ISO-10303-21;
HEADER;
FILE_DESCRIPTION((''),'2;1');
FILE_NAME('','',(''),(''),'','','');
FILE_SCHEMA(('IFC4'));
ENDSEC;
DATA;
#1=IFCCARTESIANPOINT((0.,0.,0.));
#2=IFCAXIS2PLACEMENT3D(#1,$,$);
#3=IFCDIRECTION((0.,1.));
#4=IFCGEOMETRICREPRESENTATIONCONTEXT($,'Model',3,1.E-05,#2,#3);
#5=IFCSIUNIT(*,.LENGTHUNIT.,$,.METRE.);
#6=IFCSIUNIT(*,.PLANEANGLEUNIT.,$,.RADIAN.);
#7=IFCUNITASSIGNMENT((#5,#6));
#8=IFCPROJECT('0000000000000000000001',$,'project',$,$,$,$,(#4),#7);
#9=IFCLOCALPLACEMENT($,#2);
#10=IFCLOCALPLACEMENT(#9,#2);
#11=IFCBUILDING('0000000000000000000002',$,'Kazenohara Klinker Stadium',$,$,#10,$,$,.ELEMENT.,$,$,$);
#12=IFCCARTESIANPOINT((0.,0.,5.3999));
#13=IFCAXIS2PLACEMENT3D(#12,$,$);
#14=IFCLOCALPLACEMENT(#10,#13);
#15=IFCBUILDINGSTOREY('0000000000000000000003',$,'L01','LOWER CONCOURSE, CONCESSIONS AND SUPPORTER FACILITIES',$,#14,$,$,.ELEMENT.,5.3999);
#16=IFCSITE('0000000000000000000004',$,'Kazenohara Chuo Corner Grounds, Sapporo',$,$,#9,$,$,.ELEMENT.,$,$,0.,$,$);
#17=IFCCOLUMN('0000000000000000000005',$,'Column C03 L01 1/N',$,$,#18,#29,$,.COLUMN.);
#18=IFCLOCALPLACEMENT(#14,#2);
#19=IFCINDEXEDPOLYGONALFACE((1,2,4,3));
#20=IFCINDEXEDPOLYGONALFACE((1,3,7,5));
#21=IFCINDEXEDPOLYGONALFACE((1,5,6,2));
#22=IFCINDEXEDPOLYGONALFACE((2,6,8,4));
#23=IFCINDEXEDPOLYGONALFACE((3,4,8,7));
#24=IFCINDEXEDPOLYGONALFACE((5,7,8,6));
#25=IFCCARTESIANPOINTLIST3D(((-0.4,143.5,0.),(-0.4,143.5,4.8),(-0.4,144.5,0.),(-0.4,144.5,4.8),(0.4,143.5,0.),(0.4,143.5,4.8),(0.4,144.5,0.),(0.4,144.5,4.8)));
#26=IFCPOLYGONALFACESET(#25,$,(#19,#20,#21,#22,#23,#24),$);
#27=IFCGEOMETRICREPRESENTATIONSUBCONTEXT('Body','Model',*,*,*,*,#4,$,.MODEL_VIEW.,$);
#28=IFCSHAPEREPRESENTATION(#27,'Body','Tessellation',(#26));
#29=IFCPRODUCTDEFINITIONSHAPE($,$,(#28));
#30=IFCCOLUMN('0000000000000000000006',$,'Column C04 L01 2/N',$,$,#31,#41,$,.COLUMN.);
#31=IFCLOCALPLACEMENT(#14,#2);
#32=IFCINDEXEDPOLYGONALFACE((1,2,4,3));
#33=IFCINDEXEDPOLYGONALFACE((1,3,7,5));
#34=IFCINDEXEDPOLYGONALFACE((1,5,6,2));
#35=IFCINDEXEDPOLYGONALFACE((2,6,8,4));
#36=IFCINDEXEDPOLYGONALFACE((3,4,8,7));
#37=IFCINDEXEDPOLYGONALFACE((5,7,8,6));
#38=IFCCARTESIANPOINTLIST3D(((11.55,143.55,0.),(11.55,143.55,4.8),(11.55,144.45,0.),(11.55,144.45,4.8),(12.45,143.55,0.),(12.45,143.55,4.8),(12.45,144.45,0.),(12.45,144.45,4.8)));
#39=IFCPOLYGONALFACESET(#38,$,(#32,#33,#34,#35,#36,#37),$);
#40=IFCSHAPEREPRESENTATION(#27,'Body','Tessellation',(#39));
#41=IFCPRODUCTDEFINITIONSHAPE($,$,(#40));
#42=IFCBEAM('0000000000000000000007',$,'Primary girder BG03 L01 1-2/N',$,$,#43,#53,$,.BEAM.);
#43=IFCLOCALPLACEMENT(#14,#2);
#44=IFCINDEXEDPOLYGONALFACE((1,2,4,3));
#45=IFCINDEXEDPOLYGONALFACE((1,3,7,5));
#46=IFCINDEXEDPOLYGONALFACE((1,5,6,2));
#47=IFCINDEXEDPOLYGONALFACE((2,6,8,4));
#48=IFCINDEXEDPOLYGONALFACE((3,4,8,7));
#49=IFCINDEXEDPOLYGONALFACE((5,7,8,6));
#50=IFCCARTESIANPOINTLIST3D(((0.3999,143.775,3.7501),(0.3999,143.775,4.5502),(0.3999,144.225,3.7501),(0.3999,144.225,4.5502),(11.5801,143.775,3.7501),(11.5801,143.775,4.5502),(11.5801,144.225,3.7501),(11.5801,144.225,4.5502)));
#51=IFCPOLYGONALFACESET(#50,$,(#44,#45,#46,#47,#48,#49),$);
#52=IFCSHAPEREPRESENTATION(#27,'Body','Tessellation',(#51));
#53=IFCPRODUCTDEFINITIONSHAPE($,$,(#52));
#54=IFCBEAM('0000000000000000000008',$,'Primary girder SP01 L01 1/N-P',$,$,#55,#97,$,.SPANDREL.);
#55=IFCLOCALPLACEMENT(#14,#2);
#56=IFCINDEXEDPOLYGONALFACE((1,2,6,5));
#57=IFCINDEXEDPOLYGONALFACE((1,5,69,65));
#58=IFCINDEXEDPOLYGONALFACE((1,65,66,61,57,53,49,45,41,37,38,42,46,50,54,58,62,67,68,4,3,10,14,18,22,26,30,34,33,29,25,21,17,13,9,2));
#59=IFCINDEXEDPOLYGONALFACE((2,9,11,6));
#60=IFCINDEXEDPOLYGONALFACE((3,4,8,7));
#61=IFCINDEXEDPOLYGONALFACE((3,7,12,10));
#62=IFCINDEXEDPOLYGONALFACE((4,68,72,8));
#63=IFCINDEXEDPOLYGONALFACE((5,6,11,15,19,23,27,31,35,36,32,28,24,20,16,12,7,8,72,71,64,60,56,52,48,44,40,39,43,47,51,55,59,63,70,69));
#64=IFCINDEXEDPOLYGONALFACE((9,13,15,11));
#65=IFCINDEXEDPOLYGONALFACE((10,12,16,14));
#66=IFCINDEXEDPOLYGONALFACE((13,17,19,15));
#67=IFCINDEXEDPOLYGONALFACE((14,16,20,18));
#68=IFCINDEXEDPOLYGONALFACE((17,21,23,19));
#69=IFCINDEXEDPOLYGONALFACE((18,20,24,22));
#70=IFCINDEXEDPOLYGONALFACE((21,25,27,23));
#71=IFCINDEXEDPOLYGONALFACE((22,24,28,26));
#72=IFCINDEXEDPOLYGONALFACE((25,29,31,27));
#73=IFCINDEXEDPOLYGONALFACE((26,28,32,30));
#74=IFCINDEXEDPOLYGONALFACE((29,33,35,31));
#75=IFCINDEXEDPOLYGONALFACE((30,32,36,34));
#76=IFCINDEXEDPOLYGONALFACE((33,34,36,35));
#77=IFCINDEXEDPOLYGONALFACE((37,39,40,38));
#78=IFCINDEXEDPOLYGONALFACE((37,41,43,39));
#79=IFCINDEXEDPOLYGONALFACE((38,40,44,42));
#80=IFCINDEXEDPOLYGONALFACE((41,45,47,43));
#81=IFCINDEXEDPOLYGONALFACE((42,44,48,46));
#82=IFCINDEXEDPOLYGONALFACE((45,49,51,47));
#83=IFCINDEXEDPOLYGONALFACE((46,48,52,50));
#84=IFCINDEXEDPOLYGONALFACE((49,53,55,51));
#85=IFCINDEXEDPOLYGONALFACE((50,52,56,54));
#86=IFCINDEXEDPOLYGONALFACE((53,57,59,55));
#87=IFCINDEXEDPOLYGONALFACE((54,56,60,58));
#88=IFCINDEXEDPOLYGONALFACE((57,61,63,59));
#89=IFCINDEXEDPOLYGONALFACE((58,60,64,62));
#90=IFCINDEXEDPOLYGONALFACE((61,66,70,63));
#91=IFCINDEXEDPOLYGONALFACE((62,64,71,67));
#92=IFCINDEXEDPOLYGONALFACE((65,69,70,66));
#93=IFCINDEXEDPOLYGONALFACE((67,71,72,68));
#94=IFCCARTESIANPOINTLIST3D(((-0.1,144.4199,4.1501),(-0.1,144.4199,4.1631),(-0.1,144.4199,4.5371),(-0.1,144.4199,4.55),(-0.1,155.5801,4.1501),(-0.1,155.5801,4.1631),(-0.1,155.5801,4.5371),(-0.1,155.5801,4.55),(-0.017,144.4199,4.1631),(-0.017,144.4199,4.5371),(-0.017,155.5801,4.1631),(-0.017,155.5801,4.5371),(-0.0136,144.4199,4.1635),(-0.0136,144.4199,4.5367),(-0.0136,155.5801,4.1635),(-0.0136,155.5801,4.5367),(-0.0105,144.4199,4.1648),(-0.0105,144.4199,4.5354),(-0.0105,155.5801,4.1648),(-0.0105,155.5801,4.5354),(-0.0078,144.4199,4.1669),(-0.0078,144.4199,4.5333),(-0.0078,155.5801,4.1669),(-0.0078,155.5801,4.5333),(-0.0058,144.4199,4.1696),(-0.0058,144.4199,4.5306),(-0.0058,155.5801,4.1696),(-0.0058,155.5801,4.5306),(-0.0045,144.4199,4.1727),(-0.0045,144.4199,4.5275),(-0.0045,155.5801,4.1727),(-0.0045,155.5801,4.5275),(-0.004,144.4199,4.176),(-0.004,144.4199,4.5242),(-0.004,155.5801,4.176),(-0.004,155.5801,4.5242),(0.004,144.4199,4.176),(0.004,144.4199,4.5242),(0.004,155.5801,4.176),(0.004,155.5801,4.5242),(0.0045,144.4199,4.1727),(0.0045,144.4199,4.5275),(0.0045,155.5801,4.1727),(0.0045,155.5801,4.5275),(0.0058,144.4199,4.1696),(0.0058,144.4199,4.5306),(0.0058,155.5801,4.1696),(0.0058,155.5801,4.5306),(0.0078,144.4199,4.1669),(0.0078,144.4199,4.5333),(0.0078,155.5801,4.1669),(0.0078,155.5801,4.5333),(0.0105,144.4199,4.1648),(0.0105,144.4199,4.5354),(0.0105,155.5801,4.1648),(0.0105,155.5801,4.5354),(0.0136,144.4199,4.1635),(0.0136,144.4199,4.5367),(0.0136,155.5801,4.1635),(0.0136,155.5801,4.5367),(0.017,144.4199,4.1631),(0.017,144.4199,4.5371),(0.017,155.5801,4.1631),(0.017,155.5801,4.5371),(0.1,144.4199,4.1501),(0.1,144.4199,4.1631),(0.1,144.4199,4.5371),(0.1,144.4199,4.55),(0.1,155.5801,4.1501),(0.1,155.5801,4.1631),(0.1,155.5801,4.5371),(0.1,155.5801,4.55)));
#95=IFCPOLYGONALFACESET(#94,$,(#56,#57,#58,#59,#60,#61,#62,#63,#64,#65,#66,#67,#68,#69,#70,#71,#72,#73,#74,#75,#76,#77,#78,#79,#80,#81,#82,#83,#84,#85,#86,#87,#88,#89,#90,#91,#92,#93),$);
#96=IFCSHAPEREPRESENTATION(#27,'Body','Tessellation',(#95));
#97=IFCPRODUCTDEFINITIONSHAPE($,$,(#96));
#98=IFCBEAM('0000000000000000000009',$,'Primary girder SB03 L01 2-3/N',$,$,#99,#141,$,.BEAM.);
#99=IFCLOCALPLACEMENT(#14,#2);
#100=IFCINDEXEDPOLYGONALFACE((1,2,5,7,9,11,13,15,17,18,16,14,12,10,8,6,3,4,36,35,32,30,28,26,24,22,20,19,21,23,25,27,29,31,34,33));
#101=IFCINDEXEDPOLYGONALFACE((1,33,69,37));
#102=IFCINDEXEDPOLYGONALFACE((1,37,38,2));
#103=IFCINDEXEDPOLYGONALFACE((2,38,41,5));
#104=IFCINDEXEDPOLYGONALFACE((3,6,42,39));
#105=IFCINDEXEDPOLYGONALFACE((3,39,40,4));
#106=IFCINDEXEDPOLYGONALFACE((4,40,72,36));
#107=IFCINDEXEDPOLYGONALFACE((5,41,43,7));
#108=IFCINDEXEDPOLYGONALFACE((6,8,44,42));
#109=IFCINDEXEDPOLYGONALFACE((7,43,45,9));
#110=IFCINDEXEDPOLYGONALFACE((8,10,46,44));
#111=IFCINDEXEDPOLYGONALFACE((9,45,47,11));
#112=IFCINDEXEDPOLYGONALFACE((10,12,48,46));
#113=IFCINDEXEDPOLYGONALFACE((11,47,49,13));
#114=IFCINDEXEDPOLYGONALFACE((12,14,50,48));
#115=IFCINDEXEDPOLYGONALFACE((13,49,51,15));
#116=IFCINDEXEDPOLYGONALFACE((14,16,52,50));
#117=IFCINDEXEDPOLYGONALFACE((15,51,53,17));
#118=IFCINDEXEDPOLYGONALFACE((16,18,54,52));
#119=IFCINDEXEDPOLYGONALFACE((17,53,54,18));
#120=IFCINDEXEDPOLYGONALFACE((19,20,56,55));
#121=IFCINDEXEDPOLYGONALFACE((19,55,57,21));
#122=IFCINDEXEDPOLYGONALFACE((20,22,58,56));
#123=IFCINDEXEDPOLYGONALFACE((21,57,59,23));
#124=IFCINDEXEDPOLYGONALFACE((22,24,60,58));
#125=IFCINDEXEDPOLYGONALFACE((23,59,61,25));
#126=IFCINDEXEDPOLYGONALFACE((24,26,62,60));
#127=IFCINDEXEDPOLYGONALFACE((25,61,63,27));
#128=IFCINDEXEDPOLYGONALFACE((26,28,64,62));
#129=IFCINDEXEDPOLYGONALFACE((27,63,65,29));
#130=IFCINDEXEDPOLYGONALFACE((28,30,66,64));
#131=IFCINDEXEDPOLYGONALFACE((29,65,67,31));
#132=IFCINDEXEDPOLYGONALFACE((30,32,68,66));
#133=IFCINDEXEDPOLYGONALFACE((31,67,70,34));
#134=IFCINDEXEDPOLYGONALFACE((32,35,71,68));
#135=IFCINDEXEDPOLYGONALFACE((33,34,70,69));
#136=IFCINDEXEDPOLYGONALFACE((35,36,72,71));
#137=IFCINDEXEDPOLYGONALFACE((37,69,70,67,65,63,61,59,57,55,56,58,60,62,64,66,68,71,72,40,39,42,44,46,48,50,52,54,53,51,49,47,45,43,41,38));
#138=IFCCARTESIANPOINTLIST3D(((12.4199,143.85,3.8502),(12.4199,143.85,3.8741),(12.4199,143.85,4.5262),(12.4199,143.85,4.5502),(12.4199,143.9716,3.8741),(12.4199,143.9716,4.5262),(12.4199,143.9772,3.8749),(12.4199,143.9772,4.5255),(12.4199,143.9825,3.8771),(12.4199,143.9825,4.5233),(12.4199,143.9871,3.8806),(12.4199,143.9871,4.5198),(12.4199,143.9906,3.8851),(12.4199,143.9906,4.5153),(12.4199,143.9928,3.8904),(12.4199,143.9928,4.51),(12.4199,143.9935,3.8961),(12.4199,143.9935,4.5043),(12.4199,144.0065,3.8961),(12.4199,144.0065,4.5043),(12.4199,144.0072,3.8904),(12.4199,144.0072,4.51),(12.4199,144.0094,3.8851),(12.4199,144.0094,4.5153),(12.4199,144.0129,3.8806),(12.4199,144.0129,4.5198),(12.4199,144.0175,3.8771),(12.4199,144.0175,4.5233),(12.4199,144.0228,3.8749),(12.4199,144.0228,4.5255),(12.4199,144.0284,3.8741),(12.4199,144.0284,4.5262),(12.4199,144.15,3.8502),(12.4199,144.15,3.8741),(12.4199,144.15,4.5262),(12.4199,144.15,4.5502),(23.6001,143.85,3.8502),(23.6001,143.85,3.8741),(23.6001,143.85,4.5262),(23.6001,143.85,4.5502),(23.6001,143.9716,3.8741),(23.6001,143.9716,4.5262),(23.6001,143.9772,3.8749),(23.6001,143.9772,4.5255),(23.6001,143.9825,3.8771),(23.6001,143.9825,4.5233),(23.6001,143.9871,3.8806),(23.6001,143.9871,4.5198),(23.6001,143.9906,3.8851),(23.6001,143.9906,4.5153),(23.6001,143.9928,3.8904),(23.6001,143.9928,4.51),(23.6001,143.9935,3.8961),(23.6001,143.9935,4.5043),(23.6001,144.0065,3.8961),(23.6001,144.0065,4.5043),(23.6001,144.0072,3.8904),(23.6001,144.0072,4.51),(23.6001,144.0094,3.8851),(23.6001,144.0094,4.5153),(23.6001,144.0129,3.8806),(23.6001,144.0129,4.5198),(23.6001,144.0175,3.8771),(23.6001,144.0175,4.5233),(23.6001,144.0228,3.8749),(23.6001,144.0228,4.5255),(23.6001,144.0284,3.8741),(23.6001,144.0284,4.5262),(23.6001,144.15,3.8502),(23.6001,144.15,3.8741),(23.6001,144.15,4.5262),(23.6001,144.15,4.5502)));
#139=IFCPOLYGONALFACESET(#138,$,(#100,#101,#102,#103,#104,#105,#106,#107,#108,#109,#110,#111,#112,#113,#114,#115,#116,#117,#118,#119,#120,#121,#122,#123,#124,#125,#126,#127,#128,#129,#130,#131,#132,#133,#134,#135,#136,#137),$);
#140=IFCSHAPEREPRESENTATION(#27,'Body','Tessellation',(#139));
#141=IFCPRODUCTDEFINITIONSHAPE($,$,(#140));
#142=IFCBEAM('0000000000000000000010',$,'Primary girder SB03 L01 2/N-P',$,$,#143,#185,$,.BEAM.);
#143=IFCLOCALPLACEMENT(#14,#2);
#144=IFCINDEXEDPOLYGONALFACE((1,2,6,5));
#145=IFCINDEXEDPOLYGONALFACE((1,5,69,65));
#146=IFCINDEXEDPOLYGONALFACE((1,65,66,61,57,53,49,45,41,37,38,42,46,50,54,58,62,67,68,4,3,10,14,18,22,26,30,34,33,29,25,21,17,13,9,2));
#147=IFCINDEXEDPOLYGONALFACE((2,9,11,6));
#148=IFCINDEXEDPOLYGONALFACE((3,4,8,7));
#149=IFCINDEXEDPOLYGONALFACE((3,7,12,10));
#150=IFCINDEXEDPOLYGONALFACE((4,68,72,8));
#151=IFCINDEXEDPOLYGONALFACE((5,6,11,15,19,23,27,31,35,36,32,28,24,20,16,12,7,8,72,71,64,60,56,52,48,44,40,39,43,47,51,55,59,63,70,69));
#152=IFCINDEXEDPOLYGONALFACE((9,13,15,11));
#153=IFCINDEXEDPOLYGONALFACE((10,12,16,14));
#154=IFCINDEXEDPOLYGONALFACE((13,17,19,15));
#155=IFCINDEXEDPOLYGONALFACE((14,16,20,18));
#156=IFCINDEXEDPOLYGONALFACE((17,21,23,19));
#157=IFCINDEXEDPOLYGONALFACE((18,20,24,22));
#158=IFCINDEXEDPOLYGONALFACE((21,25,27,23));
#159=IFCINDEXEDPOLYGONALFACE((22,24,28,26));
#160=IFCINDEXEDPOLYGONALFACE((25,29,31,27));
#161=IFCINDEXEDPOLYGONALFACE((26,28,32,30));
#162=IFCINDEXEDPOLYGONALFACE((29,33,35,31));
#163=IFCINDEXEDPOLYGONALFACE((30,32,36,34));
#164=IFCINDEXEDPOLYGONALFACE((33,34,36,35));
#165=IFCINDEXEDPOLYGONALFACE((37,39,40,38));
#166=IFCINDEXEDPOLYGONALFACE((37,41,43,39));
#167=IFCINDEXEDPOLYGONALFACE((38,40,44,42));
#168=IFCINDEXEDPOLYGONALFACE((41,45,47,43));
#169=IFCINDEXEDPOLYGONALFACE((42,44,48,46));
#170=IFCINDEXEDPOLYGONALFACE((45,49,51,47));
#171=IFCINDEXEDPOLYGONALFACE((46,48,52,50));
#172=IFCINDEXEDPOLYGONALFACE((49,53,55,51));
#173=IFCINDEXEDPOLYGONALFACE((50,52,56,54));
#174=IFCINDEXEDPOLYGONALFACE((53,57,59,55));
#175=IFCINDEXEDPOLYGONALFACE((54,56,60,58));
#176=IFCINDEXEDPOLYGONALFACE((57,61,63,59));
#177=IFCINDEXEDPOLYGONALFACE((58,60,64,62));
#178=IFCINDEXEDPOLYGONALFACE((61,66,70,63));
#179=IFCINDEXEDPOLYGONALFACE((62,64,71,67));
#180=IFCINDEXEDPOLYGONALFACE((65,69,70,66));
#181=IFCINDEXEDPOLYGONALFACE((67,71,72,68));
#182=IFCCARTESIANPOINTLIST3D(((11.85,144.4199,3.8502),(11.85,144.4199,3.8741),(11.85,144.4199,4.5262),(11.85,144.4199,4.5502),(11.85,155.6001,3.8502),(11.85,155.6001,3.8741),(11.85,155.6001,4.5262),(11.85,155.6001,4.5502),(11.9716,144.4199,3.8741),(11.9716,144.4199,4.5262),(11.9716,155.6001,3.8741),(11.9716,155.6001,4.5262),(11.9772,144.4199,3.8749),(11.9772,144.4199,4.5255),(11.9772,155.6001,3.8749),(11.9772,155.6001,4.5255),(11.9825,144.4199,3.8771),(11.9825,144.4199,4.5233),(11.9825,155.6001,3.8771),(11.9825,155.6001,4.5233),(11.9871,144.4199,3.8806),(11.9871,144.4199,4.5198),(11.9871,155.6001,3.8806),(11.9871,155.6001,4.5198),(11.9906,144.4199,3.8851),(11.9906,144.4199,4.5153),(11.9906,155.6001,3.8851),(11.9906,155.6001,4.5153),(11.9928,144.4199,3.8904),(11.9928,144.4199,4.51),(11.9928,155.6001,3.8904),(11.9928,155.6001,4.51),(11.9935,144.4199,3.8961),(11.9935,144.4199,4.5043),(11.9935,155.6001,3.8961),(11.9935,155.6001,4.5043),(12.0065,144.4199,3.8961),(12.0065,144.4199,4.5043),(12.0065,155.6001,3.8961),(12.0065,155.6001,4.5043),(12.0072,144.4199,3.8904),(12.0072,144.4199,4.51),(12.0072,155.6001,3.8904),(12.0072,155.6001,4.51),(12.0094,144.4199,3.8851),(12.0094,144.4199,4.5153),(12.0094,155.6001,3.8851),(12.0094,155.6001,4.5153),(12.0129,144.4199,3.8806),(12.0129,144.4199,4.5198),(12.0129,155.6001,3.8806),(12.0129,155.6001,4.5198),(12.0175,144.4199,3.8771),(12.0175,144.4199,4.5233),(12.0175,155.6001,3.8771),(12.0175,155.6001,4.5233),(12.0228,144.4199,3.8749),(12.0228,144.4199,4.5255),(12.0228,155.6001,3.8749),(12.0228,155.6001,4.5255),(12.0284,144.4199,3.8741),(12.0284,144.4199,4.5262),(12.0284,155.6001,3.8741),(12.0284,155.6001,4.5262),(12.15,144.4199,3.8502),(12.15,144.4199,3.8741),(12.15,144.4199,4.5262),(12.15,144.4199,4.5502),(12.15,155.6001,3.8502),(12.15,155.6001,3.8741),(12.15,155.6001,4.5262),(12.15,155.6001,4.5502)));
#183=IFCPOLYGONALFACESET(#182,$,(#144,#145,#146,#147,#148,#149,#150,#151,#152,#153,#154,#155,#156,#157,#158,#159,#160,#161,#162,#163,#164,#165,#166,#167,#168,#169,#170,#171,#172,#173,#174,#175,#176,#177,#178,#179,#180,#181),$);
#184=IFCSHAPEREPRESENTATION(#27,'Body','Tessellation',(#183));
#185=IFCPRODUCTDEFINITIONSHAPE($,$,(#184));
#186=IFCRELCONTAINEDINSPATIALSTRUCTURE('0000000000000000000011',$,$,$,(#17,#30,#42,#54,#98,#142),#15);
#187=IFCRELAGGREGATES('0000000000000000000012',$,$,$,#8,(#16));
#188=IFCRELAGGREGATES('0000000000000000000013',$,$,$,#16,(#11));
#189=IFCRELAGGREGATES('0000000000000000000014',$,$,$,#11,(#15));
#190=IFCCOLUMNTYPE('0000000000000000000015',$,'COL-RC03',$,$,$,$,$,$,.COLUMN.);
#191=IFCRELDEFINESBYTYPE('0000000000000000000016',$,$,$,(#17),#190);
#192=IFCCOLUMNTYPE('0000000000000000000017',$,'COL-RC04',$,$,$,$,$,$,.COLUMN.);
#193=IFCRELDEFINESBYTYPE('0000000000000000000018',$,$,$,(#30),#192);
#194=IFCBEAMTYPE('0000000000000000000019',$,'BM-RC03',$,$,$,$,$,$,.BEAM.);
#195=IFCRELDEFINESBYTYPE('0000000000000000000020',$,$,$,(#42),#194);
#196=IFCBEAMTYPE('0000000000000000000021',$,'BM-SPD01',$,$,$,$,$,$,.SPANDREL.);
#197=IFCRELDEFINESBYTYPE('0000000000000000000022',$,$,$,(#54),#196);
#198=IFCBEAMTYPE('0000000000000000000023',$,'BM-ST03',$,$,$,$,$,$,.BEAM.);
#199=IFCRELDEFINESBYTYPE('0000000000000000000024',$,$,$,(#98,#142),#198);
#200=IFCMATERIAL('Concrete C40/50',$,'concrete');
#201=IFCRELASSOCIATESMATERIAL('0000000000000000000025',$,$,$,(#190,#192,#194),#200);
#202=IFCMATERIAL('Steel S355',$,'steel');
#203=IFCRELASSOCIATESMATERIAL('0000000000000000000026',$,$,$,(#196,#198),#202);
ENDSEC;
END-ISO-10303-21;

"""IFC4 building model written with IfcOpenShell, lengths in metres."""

from ifc_helpers import new_model, si_unit, direction, frame, origin, origin_2d, place, context, subcontext, project, spatial, rectangle, i_section, extrude, material, material_profile, profile_set, type_object, element, save


model = new_model("IFC4")

# Units and contexts
model_context = context("Model", 3, precision=1e-05, world=origin(), true_north=direction((0.0, 1.0)))
body_context = subcontext(model_context, "Body", "Model", "MODEL_VIEW")
ifc_project = project(units=[si_unit("LENGTHUNIT", "METRE"), si_unit("PLANEANGLEUNIT", "RADIAN")], contexts=[model_context])

# Site, building, storey
site_placement = place(None, origin())
site = spatial("IfcSite", under=ifc_project, at=site_placement, Name="Kazenohara Chuo Corner Grounds, Sapporo", CompositionType="ELEMENT", RefElevation=0.0)
building_placement = place(site_placement, origin())
building = spatial("IfcBuilding", under=site, at=building_placement, Name="Kazenohara Klinker Stadium", CompositionType="ELEMENT")
storey_placement = place(building_placement, frame((0.0, 0.0, 5.3999)))
storey = spatial("IfcBuildingStorey", under=building, at=storey_placement, Name="L01", Description="LOWER CONCOURSE, CONCESSIONS AND SUPPORTER FACILITIES", CompositionType="ELEMENT", Elevation=5.3999)

# Columns
ifc_material_1 = material(Name="Concrete C40/50", Category="concrete")
ifc_material_profile_1 = material_profile(ifc_material_1, rectangle(XDim=0.8, YDim=1.0, at=origin_2d()), Name="RC-COL-1000x800")
ifc_profile_set_1 = profile_set([ifc_material_profile_1], Name="Concrete C40/50")
column_type_1 = type_object("IfcColumnType", Name="COL-RC03", PredefinedType="COLUMN", material=ifc_profile_set_1)
column_1_placement = place(storey_placement, frame((0.0, 144.0, 0.0), z_axis=(0.0, 0.0, 1.0), x_axis=(1.0, 0.0, 0.0)))
element("IfcColumn", 1, at=column_1_placement, inside=storey, type_object=column_type_1, Name="Column C03 L01 1/N", PredefinedType="COLUMN", context=body_context, shape_type="SweptSolid", body=[
    extrude(rectangle(XDim=0.8, YDim=1.0, at=origin_2d()), origin(), (0.0, 0.0, 1.0), 4.8),
])
ifc_material_profile_2 = material_profile(ifc_material_1, rectangle(XDim=0.8999, YDim=0.8999, at=origin_2d()), Name="RC-COL-900x900")
ifc_profile_set_2 = profile_set([ifc_material_profile_2], Name="Concrete C40/50")
column_type_2 = type_object("IfcColumnType", Name="COL-RC04", PredefinedType="COLUMN", material=ifc_profile_set_2)
column_2_placement = place(storey_placement, frame((12.0, 144.0, 0.0), z_axis=(0.0, 0.0, 1.0), x_axis=(1.0, 0.0, 0.0)))
element("IfcColumn", 2, at=column_2_placement, inside=storey, type_object=column_type_2, Name="Column C04 L01 2/N", PredefinedType="COLUMN", context=body_context, shape_type="SweptSolid", body=[
    extrude(rectangle(XDim=0.8999, YDim=0.8999, at=origin_2d()), origin(), (0.0, 0.0, 1.0), 4.8),
])

# Beams
ifc_material_profile_3 = material_profile(ifc_material_1, rectangle(XDim=0.45, YDim=0.8, at=origin_2d()), Name="RC-BM-450x800")
ifc_profile_set_3 = profile_set([ifc_material_profile_3], Name="Concrete C40/50")
beam_type_1 = type_object("IfcBeamType", Name="BM-RC03", PredefinedType="BEAM", material=ifc_profile_set_3)
beam_1_placement = place(storey_placement, frame((0.3999, 144.0, 4.1501), z_axis=(1.0, 0.0, 0.0), x_axis=(0.0, 1.0, 0.0)))
element("IfcBeam", 3, at=beam_1_placement, inside=storey, type_object=beam_type_1, Name="Primary girder BG03 L01 1-2/N", PredefinedType="BEAM", context=body_context, shape_type="SweptSolid", body=[
    extrude(rectangle(XDim=0.45, YDim=0.8, at=origin_2d()), origin(), (0.0, 0.0, 1.0), 11.1802),
])
ifc_material_2 = material(Name="Steel S355", Category="steel")
ifc_material_profile_4 = material_profile(ifc_material_2, i_section(OverallWidth=0.2, OverallDepth=0.3999, WebThickness=0.0081, FlangeThickness=0.0129, FilletRadius=0.0129, at=origin_2d()), Name="H-400x200x8x13")
ifc_profile_set_4 = profile_set([ifc_material_profile_4], Name="Steel S355")
beam_type_2 = type_object("IfcBeamType", Name="BM-SPD01", PredefinedType="SPANDREL", material=ifc_profile_set_4)
beam_2_placement = place(storey_placement, frame((0.0, 144.4199, 4.3501), z_axis=(0.0, 1.0, 0.0), x_axis=(-1.0, 0.0, 0.0)))
element("IfcBeam", 4, at=beam_2_placement, inside=storey, type_object=beam_type_2, Name="Primary girder SP01 L01 1/N-P", PredefinedType="SPANDREL", context=body_context, shape_type="SweptSolid", body=[
    extrude(i_section(OverallWidth=0.2, OverallDepth=0.3999, WebThickness=0.0081, FlangeThickness=0.0129, FilletRadius=0.0129, at=origin_2d()), origin(), (0.0, 0.0, 1.0), 11.1602),
])
ifc_material_profile_5 = material_profile(ifc_material_2, i_section(OverallWidth=0.3, OverallDepth=0.7, WebThickness=0.0129, FlangeThickness=0.0239, FilletRadius=0.022, at=origin_2d()), Name="H-700x300x13x24")
ifc_profile_set_5 = profile_set([ifc_material_profile_5], Name="Steel S355")
beam_type_3 = type_object("IfcBeamType", Name="BM-ST03", PredefinedType="BEAM", material=ifc_profile_set_5)
for number, where, z_axis, x_axis, name in (
    (5, (12.4199, 144.0, 4.2002), (1.0, 0.0, 0.0), (0.0, 1.0, 0.0), "Primary girder SB03 L01 2-3/N"),
    (6, (12.0, 144.4199, 4.2002), (0.0, 1.0, 0.0), (-1.0, 0.0, 0.0), "Primary girder SB03 L01 2/N-P"),
):
    element("IfcBeam", number, at=place(storey_placement, frame(where, z_axis=z_axis, x_axis=x_axis)), inside=storey, type_object=beam_type_3, Name=name, PredefinedType="BEAM", context=body_context, shape_type="SweptSolid", body=[
        extrude(i_section(OverallWidth=0.3, OverallDepth=0.7, WebThickness=0.0129, FlangeThickness=0.0239, FilletRadius=0.022, at=origin_2d()), origin(), (0.0, 0.0, 1.0), 11.1802),
    ])

save(model, "model.ifc")
